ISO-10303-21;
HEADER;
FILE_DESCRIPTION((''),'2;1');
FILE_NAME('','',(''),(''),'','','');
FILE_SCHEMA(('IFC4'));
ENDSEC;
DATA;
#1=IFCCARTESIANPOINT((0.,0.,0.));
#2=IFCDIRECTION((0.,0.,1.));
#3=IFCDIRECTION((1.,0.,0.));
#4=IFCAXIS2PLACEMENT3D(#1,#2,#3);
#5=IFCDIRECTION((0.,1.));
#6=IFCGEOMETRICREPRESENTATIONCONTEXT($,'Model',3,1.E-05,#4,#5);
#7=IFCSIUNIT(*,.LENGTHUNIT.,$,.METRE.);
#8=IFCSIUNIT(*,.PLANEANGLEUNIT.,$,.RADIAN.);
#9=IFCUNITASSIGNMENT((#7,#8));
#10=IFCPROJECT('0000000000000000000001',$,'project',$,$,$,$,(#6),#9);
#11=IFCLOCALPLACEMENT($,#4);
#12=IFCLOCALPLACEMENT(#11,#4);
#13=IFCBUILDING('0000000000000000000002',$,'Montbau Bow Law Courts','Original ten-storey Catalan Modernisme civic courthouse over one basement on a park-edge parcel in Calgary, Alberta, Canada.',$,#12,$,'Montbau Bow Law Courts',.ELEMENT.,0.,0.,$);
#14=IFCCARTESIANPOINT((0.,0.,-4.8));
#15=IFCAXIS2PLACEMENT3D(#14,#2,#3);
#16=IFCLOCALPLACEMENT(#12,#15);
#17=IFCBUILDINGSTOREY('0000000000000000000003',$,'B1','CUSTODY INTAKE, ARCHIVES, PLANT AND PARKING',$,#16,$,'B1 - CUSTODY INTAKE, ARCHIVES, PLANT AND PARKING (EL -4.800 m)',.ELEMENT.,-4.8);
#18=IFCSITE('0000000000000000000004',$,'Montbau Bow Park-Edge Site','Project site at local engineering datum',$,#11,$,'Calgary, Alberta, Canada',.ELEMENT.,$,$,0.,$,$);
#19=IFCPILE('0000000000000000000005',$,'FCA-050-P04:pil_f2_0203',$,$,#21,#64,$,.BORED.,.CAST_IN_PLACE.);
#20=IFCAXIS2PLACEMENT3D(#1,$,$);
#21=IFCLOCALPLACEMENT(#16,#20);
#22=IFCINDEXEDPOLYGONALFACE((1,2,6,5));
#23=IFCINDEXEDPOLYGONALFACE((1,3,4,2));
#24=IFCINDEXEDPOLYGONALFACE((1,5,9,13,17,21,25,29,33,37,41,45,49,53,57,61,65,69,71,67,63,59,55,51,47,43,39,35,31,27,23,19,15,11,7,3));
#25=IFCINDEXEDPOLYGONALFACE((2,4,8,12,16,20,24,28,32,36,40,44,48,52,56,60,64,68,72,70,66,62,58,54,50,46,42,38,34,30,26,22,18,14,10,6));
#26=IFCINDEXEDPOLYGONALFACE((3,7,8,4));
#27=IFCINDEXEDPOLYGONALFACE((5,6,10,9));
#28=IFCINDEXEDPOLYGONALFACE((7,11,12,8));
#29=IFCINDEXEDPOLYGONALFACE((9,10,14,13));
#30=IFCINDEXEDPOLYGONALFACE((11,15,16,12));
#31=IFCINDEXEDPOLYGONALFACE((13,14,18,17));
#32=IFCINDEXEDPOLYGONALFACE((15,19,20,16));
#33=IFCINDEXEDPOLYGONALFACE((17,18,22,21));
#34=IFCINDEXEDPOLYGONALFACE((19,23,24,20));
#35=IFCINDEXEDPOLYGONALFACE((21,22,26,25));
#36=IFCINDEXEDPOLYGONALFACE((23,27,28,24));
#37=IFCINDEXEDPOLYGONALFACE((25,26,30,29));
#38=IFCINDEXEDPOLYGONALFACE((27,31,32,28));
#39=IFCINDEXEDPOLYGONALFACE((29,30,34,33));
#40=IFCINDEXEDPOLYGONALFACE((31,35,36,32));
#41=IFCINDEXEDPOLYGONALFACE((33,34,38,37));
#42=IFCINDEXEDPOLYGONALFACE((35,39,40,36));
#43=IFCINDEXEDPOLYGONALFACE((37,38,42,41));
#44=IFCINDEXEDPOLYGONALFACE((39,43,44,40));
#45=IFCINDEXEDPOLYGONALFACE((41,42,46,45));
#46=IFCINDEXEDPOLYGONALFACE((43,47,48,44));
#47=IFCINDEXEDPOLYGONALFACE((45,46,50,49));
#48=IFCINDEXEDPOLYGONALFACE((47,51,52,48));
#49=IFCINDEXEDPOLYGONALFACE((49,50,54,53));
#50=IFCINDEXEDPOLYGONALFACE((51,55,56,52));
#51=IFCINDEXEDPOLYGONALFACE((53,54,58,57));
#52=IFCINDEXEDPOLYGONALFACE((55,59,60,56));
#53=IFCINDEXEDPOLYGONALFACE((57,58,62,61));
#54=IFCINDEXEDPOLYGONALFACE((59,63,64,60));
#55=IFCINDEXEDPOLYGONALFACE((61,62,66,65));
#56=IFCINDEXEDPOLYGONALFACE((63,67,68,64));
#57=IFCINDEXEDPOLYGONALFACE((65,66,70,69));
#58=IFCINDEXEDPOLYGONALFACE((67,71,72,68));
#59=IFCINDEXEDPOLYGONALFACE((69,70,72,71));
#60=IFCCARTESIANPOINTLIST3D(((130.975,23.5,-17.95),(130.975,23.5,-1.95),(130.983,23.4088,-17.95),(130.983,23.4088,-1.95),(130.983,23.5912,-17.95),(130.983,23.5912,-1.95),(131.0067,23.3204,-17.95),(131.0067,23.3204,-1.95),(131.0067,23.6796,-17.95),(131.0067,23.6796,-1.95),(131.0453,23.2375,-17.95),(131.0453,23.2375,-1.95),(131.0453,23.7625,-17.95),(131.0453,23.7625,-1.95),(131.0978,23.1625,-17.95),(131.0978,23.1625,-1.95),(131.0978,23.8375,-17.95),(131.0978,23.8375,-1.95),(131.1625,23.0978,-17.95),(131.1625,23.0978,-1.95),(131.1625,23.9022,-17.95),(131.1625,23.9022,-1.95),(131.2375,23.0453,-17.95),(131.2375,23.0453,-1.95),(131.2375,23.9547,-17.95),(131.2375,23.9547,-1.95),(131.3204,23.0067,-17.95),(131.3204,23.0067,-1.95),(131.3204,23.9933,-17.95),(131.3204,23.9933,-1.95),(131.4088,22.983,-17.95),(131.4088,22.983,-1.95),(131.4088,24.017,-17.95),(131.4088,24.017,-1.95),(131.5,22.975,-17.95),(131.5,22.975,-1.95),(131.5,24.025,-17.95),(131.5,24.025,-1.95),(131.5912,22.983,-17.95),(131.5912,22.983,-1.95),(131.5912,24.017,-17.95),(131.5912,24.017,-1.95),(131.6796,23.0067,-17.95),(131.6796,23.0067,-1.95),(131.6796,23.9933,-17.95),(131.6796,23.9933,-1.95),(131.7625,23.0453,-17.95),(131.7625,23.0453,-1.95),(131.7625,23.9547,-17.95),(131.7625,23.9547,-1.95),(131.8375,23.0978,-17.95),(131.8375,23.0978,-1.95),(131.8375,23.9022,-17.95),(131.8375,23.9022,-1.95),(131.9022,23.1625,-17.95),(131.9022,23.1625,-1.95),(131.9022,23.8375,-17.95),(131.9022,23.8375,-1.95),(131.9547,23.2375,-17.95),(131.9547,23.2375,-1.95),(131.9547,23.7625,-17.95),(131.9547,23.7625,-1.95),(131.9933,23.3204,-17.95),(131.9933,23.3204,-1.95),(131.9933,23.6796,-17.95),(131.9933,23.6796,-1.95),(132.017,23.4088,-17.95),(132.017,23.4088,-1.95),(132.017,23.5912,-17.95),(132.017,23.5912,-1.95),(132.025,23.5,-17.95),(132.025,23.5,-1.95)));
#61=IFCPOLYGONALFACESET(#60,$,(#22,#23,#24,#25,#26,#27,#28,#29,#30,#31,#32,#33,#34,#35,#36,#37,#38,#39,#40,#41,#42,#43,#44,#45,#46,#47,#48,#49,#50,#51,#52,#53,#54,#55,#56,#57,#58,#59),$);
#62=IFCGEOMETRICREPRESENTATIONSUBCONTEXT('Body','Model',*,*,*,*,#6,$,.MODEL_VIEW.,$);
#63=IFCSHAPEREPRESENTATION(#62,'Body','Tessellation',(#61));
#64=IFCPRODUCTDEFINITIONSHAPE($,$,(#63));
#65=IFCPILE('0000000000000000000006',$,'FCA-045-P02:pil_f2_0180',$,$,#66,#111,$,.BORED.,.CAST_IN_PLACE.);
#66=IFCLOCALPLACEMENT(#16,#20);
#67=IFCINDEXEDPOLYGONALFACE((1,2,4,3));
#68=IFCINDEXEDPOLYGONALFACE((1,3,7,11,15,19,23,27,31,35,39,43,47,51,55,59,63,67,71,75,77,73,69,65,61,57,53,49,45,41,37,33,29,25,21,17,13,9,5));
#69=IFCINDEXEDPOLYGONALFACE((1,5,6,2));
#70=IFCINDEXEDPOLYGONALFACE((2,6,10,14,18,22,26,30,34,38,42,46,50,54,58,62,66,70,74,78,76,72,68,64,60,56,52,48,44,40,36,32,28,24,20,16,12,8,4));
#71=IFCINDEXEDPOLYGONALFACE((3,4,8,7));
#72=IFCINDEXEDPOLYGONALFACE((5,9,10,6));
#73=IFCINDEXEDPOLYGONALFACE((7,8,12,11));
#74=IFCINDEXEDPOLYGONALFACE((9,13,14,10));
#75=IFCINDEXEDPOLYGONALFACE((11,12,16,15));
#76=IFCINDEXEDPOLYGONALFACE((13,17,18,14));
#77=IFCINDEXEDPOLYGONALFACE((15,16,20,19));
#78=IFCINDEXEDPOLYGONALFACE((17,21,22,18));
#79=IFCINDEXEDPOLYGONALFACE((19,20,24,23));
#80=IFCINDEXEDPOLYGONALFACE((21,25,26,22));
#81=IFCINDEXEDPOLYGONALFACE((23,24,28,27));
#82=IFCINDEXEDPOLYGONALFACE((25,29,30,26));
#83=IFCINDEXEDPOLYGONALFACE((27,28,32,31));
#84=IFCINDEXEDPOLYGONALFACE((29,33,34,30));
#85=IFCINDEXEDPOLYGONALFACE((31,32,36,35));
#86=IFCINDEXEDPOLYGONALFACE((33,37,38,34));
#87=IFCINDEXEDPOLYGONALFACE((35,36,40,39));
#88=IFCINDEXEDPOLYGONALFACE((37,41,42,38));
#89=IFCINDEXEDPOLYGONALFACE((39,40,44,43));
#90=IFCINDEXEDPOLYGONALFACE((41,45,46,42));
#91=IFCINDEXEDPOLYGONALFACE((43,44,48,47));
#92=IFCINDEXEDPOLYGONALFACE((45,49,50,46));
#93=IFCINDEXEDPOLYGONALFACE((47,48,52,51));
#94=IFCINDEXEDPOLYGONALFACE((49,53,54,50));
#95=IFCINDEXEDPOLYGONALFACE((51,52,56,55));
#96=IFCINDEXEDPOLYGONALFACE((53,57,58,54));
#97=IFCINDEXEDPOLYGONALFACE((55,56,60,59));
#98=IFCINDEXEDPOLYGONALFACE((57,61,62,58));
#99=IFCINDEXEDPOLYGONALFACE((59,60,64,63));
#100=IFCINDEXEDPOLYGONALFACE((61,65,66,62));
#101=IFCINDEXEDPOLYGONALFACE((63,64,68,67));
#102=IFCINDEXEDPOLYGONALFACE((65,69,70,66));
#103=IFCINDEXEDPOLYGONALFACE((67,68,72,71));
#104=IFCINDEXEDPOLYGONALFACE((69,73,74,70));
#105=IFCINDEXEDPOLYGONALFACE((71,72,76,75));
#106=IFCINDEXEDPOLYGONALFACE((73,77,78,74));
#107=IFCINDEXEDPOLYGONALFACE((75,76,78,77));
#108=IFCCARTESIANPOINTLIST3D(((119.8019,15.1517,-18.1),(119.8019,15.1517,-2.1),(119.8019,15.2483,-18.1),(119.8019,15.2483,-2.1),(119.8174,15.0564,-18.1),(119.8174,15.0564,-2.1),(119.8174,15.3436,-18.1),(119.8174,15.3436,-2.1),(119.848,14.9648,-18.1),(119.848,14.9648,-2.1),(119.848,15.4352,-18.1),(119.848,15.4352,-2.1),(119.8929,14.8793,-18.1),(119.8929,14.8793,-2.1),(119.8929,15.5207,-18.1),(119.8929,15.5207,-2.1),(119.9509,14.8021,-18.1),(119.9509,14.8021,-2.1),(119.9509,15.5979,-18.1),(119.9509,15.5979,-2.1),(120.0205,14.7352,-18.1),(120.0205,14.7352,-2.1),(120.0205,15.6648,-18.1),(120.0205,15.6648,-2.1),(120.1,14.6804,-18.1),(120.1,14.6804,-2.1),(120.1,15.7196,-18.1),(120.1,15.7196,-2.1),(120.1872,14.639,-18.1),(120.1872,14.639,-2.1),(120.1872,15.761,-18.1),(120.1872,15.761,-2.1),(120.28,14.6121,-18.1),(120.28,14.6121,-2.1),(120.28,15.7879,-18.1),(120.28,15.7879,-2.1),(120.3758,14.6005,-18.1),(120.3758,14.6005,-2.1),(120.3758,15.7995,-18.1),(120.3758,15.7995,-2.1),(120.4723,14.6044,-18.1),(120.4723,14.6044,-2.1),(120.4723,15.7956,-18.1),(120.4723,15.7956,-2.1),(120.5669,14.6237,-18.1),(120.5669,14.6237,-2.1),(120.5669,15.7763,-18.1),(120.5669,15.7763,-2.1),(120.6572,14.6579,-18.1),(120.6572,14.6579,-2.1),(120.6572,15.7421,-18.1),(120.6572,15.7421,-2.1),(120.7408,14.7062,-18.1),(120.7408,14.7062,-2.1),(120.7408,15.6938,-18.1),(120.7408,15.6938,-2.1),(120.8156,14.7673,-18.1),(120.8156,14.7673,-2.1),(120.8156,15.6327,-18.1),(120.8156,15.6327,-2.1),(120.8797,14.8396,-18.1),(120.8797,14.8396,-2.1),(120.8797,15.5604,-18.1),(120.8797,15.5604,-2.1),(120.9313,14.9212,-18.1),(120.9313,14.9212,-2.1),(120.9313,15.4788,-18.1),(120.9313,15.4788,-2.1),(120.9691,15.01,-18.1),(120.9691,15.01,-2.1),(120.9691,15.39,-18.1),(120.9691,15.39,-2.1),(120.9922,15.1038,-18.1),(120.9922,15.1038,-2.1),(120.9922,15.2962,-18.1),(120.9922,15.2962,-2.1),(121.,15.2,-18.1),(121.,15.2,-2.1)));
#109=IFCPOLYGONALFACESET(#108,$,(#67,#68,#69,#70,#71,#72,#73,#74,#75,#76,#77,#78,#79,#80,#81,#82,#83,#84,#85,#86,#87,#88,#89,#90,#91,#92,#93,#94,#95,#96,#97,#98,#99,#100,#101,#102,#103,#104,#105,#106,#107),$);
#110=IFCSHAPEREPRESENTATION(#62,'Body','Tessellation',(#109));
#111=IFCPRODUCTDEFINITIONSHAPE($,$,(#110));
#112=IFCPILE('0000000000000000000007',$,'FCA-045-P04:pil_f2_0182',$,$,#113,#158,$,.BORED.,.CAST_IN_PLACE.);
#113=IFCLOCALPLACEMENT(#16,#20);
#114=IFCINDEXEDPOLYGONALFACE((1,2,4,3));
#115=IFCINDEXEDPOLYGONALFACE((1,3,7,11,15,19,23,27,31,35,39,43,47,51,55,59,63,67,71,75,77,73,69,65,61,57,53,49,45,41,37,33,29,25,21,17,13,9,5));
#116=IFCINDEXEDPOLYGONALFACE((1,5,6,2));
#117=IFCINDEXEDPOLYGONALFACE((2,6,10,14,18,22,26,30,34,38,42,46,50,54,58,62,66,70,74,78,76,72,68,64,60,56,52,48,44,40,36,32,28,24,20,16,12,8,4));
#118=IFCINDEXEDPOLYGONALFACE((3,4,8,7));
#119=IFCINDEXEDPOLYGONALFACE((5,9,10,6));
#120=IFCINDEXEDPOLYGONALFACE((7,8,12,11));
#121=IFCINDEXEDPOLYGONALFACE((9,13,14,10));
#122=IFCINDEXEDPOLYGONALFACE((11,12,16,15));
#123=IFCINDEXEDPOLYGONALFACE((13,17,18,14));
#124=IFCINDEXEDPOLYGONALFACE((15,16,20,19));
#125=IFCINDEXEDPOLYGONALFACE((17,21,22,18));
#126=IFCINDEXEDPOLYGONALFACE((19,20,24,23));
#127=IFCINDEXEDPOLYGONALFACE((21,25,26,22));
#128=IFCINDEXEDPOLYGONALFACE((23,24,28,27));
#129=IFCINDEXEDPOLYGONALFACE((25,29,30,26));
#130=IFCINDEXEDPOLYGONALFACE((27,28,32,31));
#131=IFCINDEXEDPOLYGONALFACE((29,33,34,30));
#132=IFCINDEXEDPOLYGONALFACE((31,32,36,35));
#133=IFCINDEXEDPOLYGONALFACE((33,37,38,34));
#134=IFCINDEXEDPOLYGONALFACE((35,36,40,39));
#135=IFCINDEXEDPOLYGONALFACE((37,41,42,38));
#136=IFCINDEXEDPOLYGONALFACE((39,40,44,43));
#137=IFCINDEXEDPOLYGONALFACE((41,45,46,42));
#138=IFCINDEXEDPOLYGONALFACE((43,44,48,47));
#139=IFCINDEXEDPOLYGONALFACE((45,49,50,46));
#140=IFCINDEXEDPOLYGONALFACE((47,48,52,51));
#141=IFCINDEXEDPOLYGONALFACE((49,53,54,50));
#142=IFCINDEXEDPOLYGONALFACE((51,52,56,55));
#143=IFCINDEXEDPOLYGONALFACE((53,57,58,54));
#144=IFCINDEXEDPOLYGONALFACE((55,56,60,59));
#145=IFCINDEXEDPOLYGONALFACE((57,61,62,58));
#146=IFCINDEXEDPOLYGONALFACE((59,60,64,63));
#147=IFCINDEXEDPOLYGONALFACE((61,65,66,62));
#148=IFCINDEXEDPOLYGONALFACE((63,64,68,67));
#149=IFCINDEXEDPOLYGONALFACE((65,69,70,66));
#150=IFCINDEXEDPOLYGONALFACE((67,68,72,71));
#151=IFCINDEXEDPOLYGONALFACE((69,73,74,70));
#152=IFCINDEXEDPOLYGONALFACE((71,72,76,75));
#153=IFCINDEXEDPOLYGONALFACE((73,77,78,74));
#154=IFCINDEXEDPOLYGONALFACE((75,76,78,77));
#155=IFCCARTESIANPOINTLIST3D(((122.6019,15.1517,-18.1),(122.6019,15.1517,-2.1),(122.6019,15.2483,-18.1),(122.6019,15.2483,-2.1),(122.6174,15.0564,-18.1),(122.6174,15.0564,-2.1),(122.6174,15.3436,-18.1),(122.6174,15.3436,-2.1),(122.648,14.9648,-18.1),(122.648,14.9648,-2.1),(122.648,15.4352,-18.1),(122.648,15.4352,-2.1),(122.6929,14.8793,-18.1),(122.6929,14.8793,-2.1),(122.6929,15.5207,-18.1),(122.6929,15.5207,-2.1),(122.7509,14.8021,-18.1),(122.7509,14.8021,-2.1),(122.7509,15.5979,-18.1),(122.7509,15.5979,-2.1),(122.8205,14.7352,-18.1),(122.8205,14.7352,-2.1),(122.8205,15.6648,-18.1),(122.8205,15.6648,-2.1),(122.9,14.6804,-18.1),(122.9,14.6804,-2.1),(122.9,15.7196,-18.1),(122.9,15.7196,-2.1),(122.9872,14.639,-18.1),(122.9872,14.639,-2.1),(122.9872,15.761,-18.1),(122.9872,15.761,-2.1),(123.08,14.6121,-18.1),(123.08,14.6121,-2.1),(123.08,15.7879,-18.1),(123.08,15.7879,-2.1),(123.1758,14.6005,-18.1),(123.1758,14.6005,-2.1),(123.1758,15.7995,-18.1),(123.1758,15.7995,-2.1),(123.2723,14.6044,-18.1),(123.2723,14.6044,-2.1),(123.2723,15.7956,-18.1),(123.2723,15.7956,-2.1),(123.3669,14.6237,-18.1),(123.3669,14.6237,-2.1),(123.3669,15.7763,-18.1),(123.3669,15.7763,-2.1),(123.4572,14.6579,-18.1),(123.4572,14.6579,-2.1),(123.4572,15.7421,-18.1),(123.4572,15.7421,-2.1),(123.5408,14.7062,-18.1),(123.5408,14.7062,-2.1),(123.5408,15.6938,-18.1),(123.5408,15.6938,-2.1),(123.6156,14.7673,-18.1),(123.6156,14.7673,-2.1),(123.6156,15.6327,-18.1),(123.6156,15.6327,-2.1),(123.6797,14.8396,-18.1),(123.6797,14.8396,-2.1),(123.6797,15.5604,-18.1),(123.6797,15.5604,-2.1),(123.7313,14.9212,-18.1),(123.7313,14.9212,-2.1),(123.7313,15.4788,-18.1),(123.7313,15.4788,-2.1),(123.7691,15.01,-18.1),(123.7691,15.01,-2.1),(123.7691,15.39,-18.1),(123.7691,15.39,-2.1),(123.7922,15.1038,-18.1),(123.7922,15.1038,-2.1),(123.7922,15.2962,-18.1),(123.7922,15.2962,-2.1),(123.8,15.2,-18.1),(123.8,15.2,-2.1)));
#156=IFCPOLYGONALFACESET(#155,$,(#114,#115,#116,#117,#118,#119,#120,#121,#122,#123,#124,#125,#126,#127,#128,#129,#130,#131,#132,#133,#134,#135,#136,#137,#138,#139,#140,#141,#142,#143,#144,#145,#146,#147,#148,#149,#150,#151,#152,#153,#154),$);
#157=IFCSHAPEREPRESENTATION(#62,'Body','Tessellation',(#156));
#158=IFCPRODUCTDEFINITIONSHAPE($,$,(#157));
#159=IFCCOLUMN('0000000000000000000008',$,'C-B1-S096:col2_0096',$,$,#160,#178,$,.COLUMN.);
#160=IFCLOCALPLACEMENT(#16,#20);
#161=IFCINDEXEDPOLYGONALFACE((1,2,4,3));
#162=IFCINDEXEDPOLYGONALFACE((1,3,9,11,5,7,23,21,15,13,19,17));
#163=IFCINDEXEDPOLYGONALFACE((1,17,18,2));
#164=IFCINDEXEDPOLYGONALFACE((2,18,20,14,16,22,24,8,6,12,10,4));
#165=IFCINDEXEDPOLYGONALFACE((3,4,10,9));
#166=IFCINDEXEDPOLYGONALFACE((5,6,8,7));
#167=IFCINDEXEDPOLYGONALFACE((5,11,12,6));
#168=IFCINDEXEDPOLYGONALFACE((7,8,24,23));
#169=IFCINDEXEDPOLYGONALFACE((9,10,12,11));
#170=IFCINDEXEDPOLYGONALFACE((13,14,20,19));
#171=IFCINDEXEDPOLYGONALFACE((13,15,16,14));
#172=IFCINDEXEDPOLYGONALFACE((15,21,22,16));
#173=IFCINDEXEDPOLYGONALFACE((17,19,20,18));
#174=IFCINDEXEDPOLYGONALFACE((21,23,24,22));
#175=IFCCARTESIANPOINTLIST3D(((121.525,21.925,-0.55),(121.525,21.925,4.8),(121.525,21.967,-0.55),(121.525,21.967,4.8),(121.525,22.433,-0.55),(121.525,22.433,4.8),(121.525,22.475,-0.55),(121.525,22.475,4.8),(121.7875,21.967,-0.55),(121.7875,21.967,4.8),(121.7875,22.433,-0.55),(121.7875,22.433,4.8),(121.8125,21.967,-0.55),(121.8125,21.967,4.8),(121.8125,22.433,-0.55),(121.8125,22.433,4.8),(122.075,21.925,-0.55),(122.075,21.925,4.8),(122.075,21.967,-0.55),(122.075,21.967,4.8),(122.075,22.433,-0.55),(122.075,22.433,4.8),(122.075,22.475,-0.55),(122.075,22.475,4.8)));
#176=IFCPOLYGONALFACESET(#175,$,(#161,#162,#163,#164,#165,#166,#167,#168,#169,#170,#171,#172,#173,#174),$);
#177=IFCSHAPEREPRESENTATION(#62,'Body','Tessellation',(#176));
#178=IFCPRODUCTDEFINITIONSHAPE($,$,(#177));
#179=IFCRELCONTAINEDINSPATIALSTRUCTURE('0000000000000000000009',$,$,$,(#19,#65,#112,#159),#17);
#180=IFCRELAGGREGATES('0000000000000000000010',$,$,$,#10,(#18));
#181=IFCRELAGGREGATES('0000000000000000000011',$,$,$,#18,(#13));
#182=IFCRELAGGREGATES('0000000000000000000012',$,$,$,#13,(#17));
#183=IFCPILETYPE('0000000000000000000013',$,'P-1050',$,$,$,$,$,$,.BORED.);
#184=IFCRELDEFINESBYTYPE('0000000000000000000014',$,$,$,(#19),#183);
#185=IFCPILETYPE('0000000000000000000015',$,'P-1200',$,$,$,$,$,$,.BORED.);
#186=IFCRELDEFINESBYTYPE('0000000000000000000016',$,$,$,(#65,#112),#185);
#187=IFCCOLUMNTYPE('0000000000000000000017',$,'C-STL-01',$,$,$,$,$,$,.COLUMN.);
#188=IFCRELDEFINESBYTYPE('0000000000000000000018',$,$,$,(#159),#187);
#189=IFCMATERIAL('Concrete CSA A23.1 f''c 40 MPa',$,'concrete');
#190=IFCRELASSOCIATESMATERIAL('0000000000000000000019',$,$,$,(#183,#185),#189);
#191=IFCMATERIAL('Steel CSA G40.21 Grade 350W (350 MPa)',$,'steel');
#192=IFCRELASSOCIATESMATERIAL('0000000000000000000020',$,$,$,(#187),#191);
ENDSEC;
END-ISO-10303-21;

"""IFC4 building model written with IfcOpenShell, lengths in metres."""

from ifc_helpers import new_model, si_unit, direction, frame, origin_with_axes, origin_2d_with_axis, place, context, subcontext, project, spatial, circle, i_section, extrude, material, material_profile, profile_set, type_object, element, save


model = new_model("IFC4")

# Units and contexts
model_context = context("Model", 3, precision=1e-05, world=origin_with_axes(), true_north=direction((0.0, 1.0)))
body_context = subcontext(model_context, "Body", "Model", "MODEL_VIEW")
ifc_project = project(units=[si_unit("LENGTHUNIT", "METRE"), si_unit("PLANEANGLEUNIT", "RADIAN")], contexts=[model_context])

# Site, building, storey
site_placement = place(None, origin_with_axes())
site = spatial("IfcSite", under=ifc_project, at=site_placement, Name="Montbau Bow Park-Edge Site", Description="Project site at local engineering datum", LongName="Calgary, Alberta, Canada", CompositionType="ELEMENT", RefElevation=0.0)
building_placement = place(site_placement, origin_with_axes())
building = spatial("IfcBuilding", under=site, at=building_placement, Name="Montbau Bow Law Courts", Description="Original ten-storey Catalan Modernisme civic courthouse over one basement on a park-edge parcel in Calgary, Alberta, Canada.", LongName="Montbau Bow Law Courts", CompositionType="ELEMENT", ElevationOfRefHeight=0.0, ElevationOfTerrain=0.0)
storey_placement = place(building_placement, frame((0.0, 0.0, -4.8), z_axis=(0.0, 0.0, 1.0), x_axis=(1.0, 0.0, 0.0)))
storey = spatial("IfcBuildingStorey", under=building, at=storey_placement, Name="B1", Description="CUSTODY INTAKE, ARCHIVES, PLANT AND PARKING", LongName="B1 - CUSTODY INTAKE, ARCHIVES, PLANT AND PARKING (EL -4.800 m)", CompositionType="ELEMENT", Elevation=-4.8)

# Piles
ifc_material_1 = material(Name="Concrete CSA A23.1 f'c 40 MPa", Category="concrete")
ifc_material_profile_1 = material_profile(ifc_material_1, circle(Radius=0.525, at=origin_2d_with_axis()), Name="BP1050", Category="Main", Priority=0)
ifc_profile_set_1 = profile_set([ifc_material_profile_1], Name="Concrete CSA A23.1 f'c 40 MPa")
pile_type_1 = type_object("IfcPileType", Name="P-1050", PredefinedType="BORED", material=ifc_profile_set_1)
for number, where, z_axis, x_axis, name in (
    (1, (131.5, 23.5, -22.75), (0.0, 0.0, 1.0), (1.0, 0.0, 0.0), "FCA-050-P04:pil_f2_0203"),
):
    element("IfcPile", number, at=place(None, frame(where, z_axis=z_axis, x_axis=x_axis)), inside=storey, type_object=pile_type_1, Name=name, ConstructionType="CAST_IN_PLACE", PredefinedType="BORED", context=body_context, shape_type="SweptSolid", body=[
        extrude(circle(Radius=0.525, at=origin_2d_with_axis()), origin_with_axes(), (0.0, 0.0, 1.0), 16.0),
    ])
ifc_material_profile_2 = material_profile(ifc_material_1, circle(Radius=0.6, at=origin_2d_with_axis()), Name="BP1200", Category="Main", Priority=0)
ifc_profile_set_2 = profile_set([ifc_material_profile_2], Name="Concrete CSA A23.1 f'c 40 MPa")
pile_type_2 = type_object("IfcPileType", Name="P-1200", PredefinedType="BORED", material=ifc_profile_set_2)
for number, where, z_axis, x_axis, name in (
    (2, (120.4, 15.2, -22.9), (0.0, 0.0, 1.0), (1.0, 0.0, 0.0), "FCA-045-P02:pil_f2_0180"),
    (3, (123.2, 15.2, -22.9), (0.0, 0.0, 1.0), (1.0, 0.0, 0.0), "FCA-045-P04:pil_f2_0182"),
):
    element("IfcPile", number, at=place(None, frame(where, z_axis=z_axis, x_axis=x_axis)), inside=storey, type_object=pile_type_2, Name=name, ConstructionType="CAST_IN_PLACE", PredefinedType="BORED", context=body_context, shape_type="SweptSolid", body=[
        extrude(circle(Radius=0.6, at=origin_2d_with_axis()), origin_with_axes(), (0.0, 0.0, 1.0), 16.0),
    ])

# Column
ifc_material_2 = material(Name="Steel CSA G40.21 Grade 350W (350 MPa)", Category="steel")
ifc_material_profile_3 = material_profile(ifc_material_2, i_section(OverallWidth=0.55, OverallDepth=0.55, WebThickness=0.025, FlangeThickness=0.042, at=origin_2d_with_axis()), Name="WWF550X420", Category="Main", Priority=0)
ifc_profile_set_3 = profile_set([ifc_material_profile_3], Name="Steel CSA G40.21 Grade 350W (350 MPa)")
column_type_1 = type_object("IfcColumnType", Name="C-STL-01", PredefinedType="COLUMN", material=ifc_profile_set_3)
column_1_placement = place(None, frame((121.8, 22.2, -5.35), z_axis=(0.0, 0.0, 1.0), x_axis=(1.0, 0.0, 0.0)))
element("IfcColumn", 4, at=column_1_placement, inside=storey, type_object=column_type_1, Name="C-B1-S096:col2_0096", PredefinedType="COLUMN", context=body_context, shape_type="SweptSolid", body=[
    extrude(i_section(OverallWidth=0.55, OverallDepth=0.55, WebThickness=0.025, FlangeThickness=0.042, at=origin_2d_with_axis()), origin_with_axes(), (0.0, 0.0, 1.0), 5.35),
])

save(model, "model.ifc")
